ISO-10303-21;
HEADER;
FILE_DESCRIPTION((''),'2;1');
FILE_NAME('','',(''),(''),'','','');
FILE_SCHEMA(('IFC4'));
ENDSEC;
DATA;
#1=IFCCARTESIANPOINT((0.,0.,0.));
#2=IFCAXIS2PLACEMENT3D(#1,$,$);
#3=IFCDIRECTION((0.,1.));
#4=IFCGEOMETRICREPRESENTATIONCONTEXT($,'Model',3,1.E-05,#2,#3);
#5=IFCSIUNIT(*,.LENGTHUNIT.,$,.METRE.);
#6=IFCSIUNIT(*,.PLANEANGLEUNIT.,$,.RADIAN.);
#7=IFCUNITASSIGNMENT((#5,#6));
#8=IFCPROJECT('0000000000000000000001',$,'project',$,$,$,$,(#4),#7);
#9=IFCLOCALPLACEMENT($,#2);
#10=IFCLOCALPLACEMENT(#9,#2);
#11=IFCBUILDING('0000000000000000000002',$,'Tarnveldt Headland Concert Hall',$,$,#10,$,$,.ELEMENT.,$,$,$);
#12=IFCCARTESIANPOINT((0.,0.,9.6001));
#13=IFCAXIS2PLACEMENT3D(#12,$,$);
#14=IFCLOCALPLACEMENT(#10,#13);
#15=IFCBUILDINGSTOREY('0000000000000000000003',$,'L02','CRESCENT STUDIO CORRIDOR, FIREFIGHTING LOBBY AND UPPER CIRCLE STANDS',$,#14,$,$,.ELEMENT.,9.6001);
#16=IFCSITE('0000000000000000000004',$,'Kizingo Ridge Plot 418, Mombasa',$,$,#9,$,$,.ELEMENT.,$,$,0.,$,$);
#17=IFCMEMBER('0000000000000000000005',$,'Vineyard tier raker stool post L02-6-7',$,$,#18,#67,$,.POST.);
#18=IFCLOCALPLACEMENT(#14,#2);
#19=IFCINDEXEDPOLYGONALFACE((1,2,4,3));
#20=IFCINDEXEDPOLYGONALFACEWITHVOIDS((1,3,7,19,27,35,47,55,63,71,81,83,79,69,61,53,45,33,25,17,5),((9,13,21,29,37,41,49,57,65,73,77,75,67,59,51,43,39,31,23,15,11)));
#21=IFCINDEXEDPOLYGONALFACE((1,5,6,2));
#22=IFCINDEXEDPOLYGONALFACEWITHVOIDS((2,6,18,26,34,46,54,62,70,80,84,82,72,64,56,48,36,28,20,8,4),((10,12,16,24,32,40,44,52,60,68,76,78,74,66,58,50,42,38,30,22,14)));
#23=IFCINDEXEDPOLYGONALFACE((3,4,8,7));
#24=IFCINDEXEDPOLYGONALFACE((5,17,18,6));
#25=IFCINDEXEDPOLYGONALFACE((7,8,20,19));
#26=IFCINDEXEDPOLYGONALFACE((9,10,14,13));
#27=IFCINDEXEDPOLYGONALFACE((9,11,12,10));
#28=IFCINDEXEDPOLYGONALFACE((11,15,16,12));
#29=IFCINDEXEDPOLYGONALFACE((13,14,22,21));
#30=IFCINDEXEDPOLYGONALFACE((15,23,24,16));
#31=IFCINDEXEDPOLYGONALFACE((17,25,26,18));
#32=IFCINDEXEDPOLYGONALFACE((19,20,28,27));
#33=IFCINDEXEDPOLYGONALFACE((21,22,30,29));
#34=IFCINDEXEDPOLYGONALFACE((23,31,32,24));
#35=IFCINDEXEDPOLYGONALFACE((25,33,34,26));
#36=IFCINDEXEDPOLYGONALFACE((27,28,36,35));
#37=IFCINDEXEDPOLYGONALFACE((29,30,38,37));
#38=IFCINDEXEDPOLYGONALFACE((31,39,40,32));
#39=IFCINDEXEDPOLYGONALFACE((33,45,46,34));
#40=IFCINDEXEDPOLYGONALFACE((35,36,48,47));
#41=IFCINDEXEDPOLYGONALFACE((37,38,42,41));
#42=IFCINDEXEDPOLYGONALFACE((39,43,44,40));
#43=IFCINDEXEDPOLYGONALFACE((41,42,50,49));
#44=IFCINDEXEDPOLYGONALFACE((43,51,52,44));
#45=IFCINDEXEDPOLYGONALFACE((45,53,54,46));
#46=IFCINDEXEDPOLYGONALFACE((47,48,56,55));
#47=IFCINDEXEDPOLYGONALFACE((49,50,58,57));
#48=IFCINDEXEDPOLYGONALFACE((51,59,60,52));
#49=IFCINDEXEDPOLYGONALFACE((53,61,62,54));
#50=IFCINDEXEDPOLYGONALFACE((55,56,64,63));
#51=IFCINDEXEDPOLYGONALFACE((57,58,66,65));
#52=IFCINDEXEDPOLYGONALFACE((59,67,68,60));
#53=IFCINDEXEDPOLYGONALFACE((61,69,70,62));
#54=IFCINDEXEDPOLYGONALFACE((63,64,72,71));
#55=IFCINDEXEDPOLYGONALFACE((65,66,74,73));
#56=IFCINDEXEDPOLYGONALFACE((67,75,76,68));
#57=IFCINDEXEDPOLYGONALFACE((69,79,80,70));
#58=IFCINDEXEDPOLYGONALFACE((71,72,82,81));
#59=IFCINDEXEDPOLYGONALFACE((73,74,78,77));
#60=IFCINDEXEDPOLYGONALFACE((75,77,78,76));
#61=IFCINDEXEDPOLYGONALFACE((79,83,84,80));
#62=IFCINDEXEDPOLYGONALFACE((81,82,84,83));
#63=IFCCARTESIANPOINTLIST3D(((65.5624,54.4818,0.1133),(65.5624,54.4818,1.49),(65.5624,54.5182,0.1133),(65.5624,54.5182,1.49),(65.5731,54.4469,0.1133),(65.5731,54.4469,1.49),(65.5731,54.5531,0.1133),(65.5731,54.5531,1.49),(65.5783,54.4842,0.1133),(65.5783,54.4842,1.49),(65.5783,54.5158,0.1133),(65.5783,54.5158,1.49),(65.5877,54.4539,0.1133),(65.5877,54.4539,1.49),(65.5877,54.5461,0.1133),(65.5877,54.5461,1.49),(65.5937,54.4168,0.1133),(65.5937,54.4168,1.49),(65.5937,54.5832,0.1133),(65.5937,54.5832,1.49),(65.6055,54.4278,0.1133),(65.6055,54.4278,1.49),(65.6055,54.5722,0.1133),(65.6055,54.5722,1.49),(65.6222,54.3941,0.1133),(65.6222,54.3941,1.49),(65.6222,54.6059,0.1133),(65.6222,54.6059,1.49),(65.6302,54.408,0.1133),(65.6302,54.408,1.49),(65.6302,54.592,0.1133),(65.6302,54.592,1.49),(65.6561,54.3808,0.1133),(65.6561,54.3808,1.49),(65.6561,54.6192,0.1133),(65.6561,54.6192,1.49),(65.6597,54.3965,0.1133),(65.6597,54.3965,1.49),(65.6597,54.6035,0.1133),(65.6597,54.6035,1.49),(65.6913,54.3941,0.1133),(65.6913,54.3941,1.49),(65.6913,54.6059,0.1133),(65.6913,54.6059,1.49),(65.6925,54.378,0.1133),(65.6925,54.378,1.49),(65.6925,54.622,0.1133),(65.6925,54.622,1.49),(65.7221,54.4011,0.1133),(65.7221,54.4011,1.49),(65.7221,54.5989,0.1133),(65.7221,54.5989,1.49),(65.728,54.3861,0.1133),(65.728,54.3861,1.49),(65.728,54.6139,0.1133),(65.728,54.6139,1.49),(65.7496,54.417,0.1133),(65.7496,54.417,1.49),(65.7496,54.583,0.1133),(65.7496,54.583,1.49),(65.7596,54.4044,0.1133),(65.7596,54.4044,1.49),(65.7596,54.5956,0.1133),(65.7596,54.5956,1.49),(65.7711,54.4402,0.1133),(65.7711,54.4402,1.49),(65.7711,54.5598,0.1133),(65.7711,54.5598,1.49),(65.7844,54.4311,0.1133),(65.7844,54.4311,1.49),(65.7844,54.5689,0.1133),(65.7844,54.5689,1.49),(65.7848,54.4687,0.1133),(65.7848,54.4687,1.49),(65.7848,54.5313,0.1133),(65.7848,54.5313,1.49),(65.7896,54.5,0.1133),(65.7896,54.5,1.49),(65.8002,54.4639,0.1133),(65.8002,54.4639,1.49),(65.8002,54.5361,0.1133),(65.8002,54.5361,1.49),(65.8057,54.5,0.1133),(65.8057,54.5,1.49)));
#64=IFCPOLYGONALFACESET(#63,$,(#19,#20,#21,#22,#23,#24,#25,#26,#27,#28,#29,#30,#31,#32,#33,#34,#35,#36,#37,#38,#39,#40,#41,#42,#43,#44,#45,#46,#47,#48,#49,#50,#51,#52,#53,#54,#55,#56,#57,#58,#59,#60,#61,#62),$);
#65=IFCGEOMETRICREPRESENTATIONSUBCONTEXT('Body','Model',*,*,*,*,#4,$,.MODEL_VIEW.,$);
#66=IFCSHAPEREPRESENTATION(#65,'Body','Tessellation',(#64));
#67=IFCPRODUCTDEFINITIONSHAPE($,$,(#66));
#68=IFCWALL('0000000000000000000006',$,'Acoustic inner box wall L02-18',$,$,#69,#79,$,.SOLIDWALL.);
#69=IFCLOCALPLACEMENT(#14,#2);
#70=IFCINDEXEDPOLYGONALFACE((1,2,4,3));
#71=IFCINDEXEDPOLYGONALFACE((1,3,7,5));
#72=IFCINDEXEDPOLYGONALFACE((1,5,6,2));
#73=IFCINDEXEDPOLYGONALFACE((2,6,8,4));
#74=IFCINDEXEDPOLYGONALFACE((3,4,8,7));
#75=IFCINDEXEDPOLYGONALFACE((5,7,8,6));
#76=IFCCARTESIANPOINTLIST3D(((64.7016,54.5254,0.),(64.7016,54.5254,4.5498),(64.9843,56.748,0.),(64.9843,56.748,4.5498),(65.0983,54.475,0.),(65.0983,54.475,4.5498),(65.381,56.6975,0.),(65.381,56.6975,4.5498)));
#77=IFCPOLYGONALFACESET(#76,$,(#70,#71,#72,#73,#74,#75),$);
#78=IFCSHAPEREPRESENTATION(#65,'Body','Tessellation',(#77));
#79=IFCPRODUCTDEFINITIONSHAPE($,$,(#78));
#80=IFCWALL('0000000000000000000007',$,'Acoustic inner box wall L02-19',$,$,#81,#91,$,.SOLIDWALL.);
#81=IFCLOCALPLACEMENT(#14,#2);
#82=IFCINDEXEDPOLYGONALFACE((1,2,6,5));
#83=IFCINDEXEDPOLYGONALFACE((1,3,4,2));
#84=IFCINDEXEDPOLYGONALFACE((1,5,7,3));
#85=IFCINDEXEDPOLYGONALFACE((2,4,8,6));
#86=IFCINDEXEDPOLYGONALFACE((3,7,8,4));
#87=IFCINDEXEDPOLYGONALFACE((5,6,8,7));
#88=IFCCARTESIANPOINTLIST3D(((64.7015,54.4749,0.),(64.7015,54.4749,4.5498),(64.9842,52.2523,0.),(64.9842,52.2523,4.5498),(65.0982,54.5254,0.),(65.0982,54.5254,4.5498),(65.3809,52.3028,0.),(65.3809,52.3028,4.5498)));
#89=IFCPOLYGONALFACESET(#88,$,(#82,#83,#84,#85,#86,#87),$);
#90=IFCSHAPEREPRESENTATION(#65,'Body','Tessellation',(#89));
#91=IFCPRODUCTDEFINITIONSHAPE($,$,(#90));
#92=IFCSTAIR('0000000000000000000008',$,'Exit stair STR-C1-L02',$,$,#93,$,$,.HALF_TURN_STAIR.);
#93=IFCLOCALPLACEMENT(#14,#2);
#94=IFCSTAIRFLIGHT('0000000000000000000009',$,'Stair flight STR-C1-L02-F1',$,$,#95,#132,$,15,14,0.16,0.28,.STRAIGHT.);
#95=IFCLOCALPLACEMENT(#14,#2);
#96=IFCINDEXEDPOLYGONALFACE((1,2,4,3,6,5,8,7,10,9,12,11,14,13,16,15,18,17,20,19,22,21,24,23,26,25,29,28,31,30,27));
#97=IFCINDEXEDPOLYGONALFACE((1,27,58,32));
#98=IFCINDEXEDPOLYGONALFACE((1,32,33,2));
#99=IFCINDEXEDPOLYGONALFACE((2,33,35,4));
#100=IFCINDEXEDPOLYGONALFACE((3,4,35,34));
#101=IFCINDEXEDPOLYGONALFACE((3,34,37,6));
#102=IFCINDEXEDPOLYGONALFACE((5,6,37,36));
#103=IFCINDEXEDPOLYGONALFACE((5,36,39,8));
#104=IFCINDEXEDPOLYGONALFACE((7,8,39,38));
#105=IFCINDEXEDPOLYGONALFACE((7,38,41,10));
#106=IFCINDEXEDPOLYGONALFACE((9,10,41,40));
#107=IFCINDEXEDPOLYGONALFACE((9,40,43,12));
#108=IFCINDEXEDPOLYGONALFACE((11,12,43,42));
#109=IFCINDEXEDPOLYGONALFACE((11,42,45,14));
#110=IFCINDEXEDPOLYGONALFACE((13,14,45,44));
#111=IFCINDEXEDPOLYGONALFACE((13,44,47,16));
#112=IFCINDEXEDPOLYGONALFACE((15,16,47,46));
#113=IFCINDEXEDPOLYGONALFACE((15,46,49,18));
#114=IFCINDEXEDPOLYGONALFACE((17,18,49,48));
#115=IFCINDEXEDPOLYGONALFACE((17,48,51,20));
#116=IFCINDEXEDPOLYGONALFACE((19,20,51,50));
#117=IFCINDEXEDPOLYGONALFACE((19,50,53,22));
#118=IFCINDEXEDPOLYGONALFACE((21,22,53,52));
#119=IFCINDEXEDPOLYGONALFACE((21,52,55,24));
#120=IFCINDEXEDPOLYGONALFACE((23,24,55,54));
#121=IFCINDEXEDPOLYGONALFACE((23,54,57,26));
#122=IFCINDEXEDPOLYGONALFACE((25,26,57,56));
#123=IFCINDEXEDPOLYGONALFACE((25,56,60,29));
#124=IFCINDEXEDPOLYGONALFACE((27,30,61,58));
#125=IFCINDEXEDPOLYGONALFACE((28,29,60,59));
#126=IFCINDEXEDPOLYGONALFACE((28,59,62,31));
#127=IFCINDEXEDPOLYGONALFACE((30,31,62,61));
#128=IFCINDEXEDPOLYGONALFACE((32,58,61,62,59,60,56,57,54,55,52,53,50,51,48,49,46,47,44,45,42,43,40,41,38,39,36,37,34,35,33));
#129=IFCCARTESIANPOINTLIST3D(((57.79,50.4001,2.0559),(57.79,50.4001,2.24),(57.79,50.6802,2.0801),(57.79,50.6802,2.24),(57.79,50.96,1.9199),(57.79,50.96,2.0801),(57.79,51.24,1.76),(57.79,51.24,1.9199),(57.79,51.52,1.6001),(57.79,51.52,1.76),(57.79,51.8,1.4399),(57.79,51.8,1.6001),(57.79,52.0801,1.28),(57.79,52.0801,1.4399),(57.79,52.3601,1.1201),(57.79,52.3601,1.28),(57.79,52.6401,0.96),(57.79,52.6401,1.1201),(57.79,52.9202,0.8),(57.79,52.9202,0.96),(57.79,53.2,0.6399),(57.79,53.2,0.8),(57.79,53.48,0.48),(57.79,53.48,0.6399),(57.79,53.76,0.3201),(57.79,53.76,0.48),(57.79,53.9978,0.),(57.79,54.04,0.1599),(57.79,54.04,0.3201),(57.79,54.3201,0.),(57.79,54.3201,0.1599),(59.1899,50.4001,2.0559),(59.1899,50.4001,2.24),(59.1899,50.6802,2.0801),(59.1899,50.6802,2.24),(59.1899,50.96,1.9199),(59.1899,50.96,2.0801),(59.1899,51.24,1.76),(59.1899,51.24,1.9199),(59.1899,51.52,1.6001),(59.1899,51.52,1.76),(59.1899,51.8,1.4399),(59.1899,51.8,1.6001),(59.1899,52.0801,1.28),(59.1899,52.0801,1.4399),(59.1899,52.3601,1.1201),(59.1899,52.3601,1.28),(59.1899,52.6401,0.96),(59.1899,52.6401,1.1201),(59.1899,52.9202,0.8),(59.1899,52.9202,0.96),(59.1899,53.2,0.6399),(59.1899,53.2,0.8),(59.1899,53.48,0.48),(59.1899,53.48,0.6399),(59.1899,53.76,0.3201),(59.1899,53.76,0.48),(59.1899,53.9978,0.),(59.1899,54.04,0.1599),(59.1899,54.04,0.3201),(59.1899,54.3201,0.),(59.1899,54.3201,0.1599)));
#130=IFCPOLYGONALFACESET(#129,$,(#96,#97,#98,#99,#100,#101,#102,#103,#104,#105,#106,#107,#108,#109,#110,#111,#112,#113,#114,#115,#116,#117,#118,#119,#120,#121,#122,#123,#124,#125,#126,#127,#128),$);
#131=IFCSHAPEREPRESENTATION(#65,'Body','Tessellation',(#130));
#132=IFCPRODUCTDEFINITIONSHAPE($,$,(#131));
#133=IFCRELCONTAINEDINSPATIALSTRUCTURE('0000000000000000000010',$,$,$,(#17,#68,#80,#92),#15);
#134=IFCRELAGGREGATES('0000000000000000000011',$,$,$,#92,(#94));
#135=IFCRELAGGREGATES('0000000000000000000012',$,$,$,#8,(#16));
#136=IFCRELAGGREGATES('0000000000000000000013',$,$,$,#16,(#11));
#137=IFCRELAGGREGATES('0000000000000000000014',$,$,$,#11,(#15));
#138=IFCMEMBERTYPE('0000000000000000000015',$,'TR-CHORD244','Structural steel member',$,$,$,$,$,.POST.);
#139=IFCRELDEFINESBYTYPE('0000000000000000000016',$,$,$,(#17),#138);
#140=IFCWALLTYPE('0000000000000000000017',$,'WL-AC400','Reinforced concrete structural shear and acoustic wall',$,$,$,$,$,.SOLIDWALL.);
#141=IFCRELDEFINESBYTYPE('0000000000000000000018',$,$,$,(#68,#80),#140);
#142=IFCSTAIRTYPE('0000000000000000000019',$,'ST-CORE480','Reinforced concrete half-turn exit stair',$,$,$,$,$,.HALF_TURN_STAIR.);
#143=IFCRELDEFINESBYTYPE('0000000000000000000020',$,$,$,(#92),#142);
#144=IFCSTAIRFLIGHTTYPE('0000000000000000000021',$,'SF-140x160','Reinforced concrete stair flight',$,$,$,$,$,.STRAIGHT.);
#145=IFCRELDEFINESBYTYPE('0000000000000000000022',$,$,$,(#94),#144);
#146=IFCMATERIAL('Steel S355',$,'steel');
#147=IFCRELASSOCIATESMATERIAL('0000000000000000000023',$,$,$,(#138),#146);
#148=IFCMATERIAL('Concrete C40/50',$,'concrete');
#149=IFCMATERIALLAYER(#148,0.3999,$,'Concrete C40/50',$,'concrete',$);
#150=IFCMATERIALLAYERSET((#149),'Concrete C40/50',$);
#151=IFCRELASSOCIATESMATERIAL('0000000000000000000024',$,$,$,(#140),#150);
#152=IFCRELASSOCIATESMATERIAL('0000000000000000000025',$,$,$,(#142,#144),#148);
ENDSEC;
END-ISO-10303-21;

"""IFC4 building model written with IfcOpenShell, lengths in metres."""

from ifc_helpers import new_model, si_unit, direction, frame, frame_2d, origin, origin_2d, place, context, subcontext, project, spatial, polyline, rectangle, hollow_circle, outline, extrude, material, layer, layer_set, material_profile, profile_set, type_object, element, aggregate, save


model = new_model("IFC4")

# Units and contexts
model_context = context("Model", 3, precision=1e-05, world=origin(), true_north=direction((0.0, 1.0)))
body_context = subcontext(model_context, "Body", "Model", "MODEL_VIEW")
ifc_project = project(units=[si_unit("LENGTHUNIT", "METRE"), si_unit("PLANEANGLEUNIT", "RADIAN")], contexts=[model_context])

# Site, building, storey
site_placement = place(None, origin())
site = spatial("IfcSite", under=ifc_project, at=site_placement, Name="Kizingo Ridge Plot 418, Mombasa", CompositionType="ELEMENT", RefElevation=0.0)
building_placement = place(site_placement, origin())
building = spatial("IfcBuilding", under=site, at=building_placement, Name="Tarnveldt Headland Concert Hall", CompositionType="ELEMENT")
storey_placement = place(building_placement, frame((0.0, 0.0, 9.6001)))
storey = spatial("IfcBuildingStorey", under=building, at=storey_placement, Name="L02", Description="CRESCENT STUDIO CORRIDOR, FIREFIGHTING LOBBY AND UPPER CIRCLE STANDS", CompositionType="ELEMENT", Elevation=9.6001)

# Shared definitions
ifc_material_1 = material(Name="Concrete C40/50", Category="concrete")

# Shared definitions
ifc_material_2 = material(Name="Steel S355", Category="steel")

# Member
ifc_material_profile_1 = material_profile(ifc_material_2, hollow_circle(Radius=0.1223, WallThickness=0.0161, at=origin_2d()), Name="CHS 244.5x16", Category="steel")
ifc_profile_set_1 = profile_set([ifc_material_profile_1], Name="Steel S355")
member_type = type_object("IfcMemberType", Name="TR-CHORD244", Description="Structural steel member", PredefinedType="POST", material=ifc_profile_set_1)
member_placement = place(storey_placement, frame((65.6833, 54.5, 0.1133), z_axis=(0.0, 0.0, 1.0), x_axis=(1.0, 0.0, 0.0)))
element("IfcMember", 1, at=member_placement, inside=storey, type_object=member_type, Name="Vineyard tier raker stool post L02-6-7", PredefinedType="POST", context=body_context, shape_type="SweptSolid", body=[
    extrude(hollow_circle(Radius=0.1223, WallThickness=0.0161, at=origin_2d()), origin(), (0.0, 0.0, 1.0), 1.3767),
])

# Walls
ifc_layer_1 = layer(ifc_material_1, 0.3999, Name="Concrete C40/50", Category="concrete")
ifc_layer_set_1 = layer_set([ifc_layer_1], Name="Concrete C40/50")
wall_type_1 = type_object("IfcWallType", Name="WL-AC400", Description="Reinforced concrete structural shear and acoustic wall", PredefinedType="SOLIDWALL", material=ifc_layer_set_1)
for number, where, z_axis, x_axis, name in (
    (2, (65.1826, 56.7227, 0.0), (0.0, 0.0, 1.0), (-0.12618, -0.992007, 0.0), "Acoustic inner box wall L02-18"),
    (3, (64.8999, 54.5, 0.0), (0.0, 0.0, 1.0), (0.12618, -0.992007, 0.0), "Acoustic inner box wall L02-19"),
):
    element("IfcWall", number, at=place(storey_placement, frame(where, z_axis=z_axis, x_axis=x_axis)), inside=storey, type_object=wall_type_1, Name=name, PredefinedType="SOLIDWALL", context=body_context, shape_type="SweptSolid", body=[
        extrude(rectangle(XDim=2.2405, YDim=0.3999, at=frame_2d((1.1201, 0.0))), origin(), (0.0, 0.0, 1.0), 4.5498),
    ])

# Stair, stair flight
stair_type = type_object("IfcStairType", Name="ST-CORE480", Description="Reinforced concrete half-turn exit stair", PredefinedType="HALF_TURN_STAIR", material=ifc_material_1)
stair_placement = place(storey_placement, origin())
stair = element("IfcStair", 4, at=stair_placement, inside=storey, type_object=stair_type, Name="Exit stair STR-C1-L02", PredefinedType="HALF_TURN_STAIR")
stair_flight_type = type_object("IfcStairFlightType", Name="SF-140x160", Description="Reinforced concrete stair flight", PredefinedType="STRAIGHT", material=ifc_material_1)
stair_flight_placement = place(storey_placement, frame((58.49, 54.3201, 0.0), z_axis=(0.0, 0.0, 1.0), x_axis=(0.0, -1.0, 0.0)))
stair_flight = element("IfcStairFlight", 5, at=stair_flight_placement, type_object=stair_flight_type, Name="Stair flight STR-C1-L02-F1", NumberOfRisers=15, NumberOfTreads=14, PredefinedType="STRAIGHT", RiserHeight=0.16, TreadLength=0.28, context=body_context, shape_type="SweptSolid", body=[
    extrude(outline(polyline([(0.0, 0.0), (0.0, 0.1599), (0.28, 0.1599), (0.28, 0.3201), (0.5601, 0.3201), (0.5601, 0.48), (0.8401, 0.48), (0.8401, 0.6399), (1.1201, 0.6399), (1.1201, 0.8), (1.3999, 0.8), (1.3999, 0.96), (1.6799, 0.96), (1.6799, 1.1201), (1.96, 1.1201), (1.96, 1.28), (2.24, 1.28), (2.24, 1.4399), (2.52, 1.4399), (2.52, 1.6001), (2.8, 1.6001), (2.8, 1.76), (3.0801, 1.76), (3.0801, 1.9199), (3.3601, 1.9199), (3.3601, 2.0801), (3.6399, 2.0801), (3.6399, 2.24), (3.9199, 2.24), (3.9199, 2.3999), (3.9199, 2.0559), (0.3223, 0.0), (0.0, 0.0)])), frame((0.0, 0.7, 0.0), z_axis=(0.0, -1.0, 0.0), x_axis=(1.0, 0.0, 0.0)), (0.0, 0.0, 1.0), 1.3999),
])
aggregate(stair, [stair_flight])

save(model, "model.ifc")
